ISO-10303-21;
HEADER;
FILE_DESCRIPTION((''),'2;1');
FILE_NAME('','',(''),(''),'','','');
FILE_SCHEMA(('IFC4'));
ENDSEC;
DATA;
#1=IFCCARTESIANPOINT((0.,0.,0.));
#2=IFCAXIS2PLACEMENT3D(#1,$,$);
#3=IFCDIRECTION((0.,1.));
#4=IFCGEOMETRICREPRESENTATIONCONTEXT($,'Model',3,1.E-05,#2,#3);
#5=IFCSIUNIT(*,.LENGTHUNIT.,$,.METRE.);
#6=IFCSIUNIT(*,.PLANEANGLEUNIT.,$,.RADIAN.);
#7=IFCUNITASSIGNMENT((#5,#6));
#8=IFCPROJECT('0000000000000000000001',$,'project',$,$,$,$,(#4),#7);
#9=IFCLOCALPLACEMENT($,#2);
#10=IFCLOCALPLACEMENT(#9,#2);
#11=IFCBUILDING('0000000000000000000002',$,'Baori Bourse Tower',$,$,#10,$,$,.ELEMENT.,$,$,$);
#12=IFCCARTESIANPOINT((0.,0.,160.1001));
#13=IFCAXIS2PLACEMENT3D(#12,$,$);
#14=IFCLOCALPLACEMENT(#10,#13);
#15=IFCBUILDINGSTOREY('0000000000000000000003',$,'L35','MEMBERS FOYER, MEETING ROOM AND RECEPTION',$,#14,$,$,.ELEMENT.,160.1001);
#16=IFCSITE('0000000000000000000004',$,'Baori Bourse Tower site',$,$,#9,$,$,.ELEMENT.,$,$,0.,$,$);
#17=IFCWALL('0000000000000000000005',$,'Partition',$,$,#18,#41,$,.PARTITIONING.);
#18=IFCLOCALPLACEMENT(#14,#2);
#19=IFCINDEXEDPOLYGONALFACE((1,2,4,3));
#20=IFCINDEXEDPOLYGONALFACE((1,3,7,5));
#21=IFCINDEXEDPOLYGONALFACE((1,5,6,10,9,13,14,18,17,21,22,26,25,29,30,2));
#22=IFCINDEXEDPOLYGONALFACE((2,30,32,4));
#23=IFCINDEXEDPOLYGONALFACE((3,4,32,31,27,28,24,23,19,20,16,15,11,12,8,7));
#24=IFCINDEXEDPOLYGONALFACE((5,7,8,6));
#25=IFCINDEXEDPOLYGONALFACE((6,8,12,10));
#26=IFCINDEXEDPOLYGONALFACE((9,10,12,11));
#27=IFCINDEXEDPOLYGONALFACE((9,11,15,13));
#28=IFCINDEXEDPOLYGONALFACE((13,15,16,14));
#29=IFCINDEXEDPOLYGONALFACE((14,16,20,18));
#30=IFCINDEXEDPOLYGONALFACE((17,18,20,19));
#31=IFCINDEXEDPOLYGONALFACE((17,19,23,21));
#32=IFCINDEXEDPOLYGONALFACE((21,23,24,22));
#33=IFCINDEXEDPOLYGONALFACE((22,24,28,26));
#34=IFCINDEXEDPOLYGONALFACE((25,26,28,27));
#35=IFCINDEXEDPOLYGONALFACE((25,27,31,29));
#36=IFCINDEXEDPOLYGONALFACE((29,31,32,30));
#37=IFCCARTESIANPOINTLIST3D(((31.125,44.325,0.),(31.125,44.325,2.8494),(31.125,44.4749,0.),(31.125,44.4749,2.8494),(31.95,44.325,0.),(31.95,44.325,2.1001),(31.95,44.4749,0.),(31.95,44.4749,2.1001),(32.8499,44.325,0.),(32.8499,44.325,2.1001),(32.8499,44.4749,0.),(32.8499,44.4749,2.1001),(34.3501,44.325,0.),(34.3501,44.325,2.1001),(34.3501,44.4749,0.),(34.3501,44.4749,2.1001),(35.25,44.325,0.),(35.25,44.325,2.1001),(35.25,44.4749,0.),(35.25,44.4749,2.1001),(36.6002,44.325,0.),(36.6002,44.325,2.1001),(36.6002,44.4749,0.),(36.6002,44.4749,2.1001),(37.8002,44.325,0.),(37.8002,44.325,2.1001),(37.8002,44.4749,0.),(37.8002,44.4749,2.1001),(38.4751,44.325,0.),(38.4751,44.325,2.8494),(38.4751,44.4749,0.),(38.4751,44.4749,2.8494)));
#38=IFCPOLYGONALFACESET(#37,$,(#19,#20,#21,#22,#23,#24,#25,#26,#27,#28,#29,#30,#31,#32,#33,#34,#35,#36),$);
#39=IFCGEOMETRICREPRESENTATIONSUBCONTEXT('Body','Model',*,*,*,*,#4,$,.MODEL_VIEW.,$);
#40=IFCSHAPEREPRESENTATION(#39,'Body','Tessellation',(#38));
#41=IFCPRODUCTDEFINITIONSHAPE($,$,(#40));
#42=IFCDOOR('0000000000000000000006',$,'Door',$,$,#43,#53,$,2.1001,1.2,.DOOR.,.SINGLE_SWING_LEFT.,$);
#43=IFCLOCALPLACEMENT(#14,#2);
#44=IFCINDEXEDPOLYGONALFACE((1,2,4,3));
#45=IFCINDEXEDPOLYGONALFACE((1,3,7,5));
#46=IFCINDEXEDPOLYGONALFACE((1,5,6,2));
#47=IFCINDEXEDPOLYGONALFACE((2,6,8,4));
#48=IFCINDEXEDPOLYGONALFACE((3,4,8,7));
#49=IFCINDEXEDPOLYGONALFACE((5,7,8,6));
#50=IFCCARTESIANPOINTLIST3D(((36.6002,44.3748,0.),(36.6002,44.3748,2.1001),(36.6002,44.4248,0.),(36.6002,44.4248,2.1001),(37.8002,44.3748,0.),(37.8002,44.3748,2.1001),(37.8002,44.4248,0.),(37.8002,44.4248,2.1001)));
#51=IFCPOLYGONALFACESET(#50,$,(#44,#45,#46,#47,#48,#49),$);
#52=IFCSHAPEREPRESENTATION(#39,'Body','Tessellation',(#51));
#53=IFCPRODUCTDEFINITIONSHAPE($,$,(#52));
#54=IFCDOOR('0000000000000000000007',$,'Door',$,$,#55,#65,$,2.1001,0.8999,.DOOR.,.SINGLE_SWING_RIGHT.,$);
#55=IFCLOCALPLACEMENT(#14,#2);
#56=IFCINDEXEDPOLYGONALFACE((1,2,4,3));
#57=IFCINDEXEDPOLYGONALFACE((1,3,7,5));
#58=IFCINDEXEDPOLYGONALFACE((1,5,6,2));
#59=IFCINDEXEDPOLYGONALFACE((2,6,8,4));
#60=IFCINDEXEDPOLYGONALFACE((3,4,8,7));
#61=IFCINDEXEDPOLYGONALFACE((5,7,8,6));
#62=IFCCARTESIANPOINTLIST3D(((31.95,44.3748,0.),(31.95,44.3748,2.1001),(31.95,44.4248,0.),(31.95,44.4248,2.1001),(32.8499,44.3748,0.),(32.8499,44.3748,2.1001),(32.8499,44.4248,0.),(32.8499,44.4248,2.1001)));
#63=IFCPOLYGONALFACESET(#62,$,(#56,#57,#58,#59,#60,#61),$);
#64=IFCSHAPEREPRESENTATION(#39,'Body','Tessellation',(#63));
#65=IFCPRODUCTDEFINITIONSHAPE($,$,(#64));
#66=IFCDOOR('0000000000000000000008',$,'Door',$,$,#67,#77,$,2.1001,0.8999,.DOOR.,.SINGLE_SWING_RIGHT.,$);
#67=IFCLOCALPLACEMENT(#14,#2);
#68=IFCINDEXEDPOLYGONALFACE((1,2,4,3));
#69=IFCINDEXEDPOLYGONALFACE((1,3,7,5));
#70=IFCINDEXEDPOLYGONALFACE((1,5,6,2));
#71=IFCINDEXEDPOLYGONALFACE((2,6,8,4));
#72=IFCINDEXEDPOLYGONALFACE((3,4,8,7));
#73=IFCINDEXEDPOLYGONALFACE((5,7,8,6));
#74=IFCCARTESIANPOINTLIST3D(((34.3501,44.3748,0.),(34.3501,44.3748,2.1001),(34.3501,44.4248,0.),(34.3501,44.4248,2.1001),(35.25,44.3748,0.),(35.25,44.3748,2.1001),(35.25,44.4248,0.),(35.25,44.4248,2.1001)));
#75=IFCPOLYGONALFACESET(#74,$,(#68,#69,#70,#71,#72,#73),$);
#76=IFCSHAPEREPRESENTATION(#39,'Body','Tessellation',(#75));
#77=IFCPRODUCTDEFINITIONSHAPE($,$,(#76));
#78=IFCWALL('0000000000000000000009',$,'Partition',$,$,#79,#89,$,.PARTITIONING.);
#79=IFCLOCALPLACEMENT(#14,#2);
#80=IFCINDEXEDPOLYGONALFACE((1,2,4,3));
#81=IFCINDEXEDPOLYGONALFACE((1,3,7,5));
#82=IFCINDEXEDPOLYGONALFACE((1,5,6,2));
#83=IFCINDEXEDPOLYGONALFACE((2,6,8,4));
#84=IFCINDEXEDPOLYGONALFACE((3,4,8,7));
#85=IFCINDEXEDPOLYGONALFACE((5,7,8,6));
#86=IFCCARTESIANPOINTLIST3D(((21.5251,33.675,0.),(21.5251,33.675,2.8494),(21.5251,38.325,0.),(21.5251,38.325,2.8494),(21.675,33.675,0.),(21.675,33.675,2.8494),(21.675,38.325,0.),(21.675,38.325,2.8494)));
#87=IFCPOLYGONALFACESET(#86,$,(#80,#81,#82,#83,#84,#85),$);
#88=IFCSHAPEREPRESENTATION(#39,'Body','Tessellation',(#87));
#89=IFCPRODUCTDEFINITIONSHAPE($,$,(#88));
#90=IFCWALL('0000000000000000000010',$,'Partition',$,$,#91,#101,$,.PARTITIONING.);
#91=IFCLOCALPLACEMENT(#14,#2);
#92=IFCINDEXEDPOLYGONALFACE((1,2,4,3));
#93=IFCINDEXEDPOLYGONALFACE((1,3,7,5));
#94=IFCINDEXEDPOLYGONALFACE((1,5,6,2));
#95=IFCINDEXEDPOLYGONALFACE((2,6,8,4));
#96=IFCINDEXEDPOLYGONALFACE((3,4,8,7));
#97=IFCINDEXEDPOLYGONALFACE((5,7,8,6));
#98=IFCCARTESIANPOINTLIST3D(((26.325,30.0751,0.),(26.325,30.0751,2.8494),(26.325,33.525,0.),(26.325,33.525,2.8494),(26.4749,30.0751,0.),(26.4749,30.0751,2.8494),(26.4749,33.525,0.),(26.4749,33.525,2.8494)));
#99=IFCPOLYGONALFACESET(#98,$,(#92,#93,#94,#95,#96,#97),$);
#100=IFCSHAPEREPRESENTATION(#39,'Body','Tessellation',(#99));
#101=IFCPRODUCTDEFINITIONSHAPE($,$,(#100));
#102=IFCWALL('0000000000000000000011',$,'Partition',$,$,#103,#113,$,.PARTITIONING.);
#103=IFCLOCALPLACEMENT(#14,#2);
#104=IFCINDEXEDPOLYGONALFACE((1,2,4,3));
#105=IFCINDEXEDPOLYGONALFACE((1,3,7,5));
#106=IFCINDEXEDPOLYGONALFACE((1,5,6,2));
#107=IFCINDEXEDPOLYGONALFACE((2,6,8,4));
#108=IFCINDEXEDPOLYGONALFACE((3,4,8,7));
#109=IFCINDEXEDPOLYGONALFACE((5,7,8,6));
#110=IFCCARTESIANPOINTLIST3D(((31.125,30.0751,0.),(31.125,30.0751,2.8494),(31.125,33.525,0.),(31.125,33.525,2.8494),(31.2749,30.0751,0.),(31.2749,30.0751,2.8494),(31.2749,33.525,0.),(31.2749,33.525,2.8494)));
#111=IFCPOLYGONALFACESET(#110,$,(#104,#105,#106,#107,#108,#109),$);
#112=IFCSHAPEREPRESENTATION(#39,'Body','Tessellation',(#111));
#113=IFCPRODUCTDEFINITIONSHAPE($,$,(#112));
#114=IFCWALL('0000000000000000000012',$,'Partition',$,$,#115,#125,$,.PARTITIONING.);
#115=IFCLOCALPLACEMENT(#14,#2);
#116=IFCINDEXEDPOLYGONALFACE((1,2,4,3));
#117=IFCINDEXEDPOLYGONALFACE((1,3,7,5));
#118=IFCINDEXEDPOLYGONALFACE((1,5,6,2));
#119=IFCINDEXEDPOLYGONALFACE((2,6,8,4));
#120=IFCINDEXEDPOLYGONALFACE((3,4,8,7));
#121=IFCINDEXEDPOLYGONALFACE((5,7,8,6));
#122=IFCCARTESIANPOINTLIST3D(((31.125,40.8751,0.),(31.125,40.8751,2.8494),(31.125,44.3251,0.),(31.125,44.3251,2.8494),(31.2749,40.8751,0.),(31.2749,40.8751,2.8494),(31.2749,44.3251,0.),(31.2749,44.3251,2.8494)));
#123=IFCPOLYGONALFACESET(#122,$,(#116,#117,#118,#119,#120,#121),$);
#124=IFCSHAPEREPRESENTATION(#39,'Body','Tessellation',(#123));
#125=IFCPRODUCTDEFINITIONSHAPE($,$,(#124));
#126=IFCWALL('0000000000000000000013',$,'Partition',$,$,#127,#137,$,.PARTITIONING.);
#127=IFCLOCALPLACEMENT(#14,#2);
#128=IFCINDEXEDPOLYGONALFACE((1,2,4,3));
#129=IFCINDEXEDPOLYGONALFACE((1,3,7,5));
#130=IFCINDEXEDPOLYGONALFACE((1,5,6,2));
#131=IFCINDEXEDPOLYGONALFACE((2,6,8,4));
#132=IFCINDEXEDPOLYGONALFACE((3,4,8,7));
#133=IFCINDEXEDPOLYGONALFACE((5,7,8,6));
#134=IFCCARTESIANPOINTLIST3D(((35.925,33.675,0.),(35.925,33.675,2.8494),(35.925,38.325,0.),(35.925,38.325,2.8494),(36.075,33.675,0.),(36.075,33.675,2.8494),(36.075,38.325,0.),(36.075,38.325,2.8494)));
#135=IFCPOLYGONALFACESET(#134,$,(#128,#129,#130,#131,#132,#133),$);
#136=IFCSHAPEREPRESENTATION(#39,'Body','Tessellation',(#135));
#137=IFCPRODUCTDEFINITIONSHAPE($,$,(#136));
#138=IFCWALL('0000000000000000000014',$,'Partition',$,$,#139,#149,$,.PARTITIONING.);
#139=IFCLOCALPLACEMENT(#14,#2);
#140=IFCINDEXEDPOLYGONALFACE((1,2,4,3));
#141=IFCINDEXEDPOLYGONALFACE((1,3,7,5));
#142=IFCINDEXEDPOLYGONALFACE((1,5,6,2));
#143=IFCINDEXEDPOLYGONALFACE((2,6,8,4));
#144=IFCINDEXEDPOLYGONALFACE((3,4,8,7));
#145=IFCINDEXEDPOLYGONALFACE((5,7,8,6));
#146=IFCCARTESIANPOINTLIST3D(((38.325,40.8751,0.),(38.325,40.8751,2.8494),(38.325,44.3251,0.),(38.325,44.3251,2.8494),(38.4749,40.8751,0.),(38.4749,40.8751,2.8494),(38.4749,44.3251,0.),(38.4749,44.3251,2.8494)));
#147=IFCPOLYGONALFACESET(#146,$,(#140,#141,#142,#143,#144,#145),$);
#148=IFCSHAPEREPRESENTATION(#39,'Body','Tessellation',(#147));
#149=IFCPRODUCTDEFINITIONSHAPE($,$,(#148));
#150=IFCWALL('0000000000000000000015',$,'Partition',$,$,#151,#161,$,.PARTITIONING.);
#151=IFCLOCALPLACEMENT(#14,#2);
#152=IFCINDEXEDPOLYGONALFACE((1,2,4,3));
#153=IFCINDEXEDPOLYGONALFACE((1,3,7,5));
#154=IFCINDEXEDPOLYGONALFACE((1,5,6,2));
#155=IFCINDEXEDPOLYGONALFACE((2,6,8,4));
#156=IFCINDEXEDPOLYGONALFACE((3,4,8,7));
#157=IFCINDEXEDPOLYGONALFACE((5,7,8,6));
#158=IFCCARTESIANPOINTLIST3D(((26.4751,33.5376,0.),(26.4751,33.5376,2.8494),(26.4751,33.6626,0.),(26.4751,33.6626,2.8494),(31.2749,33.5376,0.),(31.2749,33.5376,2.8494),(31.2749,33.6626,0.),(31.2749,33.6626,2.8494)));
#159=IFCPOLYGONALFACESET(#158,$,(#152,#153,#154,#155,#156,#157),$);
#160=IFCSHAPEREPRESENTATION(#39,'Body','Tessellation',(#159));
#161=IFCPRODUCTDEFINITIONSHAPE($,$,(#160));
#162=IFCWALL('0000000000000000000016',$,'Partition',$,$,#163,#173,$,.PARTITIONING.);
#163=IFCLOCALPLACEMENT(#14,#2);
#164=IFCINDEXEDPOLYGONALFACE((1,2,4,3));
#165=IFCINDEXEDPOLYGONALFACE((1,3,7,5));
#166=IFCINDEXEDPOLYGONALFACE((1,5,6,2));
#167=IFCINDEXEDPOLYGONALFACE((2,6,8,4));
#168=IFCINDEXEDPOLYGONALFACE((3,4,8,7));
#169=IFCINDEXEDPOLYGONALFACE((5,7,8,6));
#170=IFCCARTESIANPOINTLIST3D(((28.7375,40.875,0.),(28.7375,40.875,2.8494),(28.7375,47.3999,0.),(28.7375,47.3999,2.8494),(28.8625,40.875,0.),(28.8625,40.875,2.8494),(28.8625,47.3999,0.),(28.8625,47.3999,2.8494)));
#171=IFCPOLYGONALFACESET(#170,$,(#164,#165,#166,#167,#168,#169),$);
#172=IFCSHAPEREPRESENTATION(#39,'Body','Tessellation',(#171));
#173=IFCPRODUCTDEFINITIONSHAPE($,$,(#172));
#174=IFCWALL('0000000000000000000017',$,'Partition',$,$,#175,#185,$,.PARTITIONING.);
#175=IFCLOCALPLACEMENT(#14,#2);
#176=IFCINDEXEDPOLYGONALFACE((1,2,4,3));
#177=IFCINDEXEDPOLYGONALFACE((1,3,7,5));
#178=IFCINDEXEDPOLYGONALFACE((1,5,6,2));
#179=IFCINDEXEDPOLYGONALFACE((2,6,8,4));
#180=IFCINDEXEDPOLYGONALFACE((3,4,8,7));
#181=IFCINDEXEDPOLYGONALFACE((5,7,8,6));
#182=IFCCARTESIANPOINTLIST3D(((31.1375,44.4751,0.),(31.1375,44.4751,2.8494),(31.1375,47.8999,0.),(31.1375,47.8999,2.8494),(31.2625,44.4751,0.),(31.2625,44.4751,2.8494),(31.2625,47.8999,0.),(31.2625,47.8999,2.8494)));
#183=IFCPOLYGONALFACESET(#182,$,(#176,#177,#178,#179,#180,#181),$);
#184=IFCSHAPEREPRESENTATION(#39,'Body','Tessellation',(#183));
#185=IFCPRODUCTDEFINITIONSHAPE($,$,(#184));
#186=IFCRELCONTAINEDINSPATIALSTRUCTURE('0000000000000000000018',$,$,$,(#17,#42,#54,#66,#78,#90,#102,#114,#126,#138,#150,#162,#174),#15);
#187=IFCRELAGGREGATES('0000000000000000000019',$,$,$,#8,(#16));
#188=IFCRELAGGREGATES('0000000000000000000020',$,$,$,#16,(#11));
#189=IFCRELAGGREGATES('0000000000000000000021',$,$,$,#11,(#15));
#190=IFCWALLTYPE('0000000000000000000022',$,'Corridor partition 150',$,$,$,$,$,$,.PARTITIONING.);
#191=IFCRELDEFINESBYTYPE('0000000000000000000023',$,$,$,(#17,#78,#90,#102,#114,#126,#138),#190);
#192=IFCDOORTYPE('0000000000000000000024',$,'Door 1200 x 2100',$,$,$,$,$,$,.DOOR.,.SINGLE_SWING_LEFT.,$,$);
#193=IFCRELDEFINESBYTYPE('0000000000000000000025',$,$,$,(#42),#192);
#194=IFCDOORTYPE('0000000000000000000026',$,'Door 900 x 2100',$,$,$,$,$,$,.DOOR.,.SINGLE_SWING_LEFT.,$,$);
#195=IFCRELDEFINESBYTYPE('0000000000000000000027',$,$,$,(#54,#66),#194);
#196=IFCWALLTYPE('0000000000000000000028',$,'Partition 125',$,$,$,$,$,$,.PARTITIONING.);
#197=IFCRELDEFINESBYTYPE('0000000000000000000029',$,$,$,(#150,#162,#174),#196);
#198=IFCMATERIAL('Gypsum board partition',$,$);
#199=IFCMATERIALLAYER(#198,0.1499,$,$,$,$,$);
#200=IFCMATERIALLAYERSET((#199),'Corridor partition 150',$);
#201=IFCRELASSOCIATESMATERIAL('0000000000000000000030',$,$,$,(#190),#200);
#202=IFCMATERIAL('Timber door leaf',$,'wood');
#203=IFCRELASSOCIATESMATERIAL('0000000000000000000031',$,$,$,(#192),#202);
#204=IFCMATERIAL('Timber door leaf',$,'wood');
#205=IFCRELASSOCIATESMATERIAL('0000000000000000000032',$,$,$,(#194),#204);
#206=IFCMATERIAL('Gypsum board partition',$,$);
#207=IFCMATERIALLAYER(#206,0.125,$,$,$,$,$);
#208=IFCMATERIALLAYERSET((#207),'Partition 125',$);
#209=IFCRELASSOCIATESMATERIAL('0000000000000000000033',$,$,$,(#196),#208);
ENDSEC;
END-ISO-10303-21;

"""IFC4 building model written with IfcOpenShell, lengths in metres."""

from ifc_helpers import new_model, si_unit, direction, frame, frame_2d, origin, place, context, subcontext, project, spatial, rectangle, extrude, material, layer, layer_set, type_object, element, fill, save


model = new_model("IFC4")

# Units and contexts
model_context = context("Model", 3, precision=1e-05, world=origin(), true_north=direction((0.0, 1.0)))
body_context = subcontext(model_context, "Body", "Model", "MODEL_VIEW")
ifc_project = project(units=[si_unit("LENGTHUNIT", "METRE"), si_unit("PLANEANGLEUNIT", "RADIAN")], contexts=[model_context])

# Site, building, storey
site_placement = place(None, origin())
site = spatial("IfcSite", under=ifc_project, at=site_placement, Name="Baori Bourse Tower site", CompositionType="ELEMENT", RefElevation=0.0)
building_placement = place(site_placement, origin())
building = spatial("IfcBuilding", under=site, at=building_placement, Name="Baori Bourse Tower", CompositionType="ELEMENT")
storey_placement = place(building_placement, frame((0.0, 0.0, 160.1001)))
storey = spatial("IfcBuildingStorey", under=building, at=storey_placement, Name="L35", Description="MEMBERS FOYER, MEETING ROOM AND RECEPTION", CompositionType="ELEMENT", Elevation=160.1001)

# Shared definitions
ifc_material_1 = material(Name="Gypsum board partition")
ifc_layer_1 = layer(ifc_material_1, 0.1499)
ifc_layer_set_1 = layer_set([ifc_layer_1], Name="Corridor partition 150")
wall_type_1 = type_object("IfcWallType", Name="Corridor partition 150", PredefinedType="PARTITIONING", material=ifc_layer_set_1)

# Wall, openings, doors
wall_1_placement = place(storey_placement, frame((31.125, 44.3999, 0.0), z_axis=(0.0, 0.0, 1.0), x_axis=(1.0, 0.0, 0.0)))
wall_1 = element("IfcWall", 1, at=wall_1_placement, inside=storey, type_object=wall_type_1, Name="Partition", PredefinedType="PARTITIONING", context=body_context, shape_type="SweptSolid", body=[
    extrude(rectangle(XDim=7.3501, YDim=0.1499, at=frame_2d((3.675, 0.0))), origin(), (0.0, 0.0, 1.0), 2.8494),
])
opening_1_placement = place(wall_1_placement, frame((0.825, 0.0, 0.0)))
opening_1 = element("IfcOpeningElement", 2, at=opening_1_placement, cuts=wall_1, PredefinedType="OPENING", context=body_context, shape_type="SweptSolid", body=[
    extrude(rectangle(XDim=0.8999, YDim=2.1001, at=frame_2d((0.45, 1.05))), frame((0.0, 0.085, 0.0), z_axis=(0.0, -1.0, 0.0), x_axis=(1.0, 0.0, 0.0)), (0.0, 0.0, 1.0), 0.1699),
])
opening_2_placement = place(wall_1_placement, frame((3.2251, 0.0, 0.0)))
opening_2 = element("IfcOpeningElement", 3, at=opening_2_placement, cuts=wall_1, PredefinedType="OPENING", context=body_context, shape_type="SweptSolid", body=[
    extrude(rectangle(XDim=0.8999, YDim=2.1001, at=frame_2d((0.45, 1.05))), frame((0.0, 0.085, 0.0), z_axis=(0.0, -1.0, 0.0), x_axis=(1.0, 0.0, 0.0)), (0.0, 0.0, 1.0), 0.1699),
])
opening_3_placement = place(wall_1_placement, frame((5.4751, 0.0, 0.0)))
opening_3 = element("IfcOpeningElement", 4, at=opening_3_placement, cuts=wall_1, PredefinedType="OPENING", context=body_context, shape_type="SweptSolid", body=[
    extrude(rectangle(XDim=1.2, YDim=2.1001, at=frame_2d((0.6001, 1.05))), frame((0.0, 0.085, 0.0), z_axis=(0.0, -1.0, 0.0), x_axis=(1.0, 0.0, 0.0)), (0.0, 0.0, 1.0), 0.1699),
])
ifc_material_2 = material(Name="Timber door leaf", Category="wood")
door_type_1 = type_object("IfcDoorType", Name="Door 1200 x 2100", OperationType="SINGLE_SWING_LEFT", PredefinedType="DOOR", material=ifc_material_2)
door_1_placement = place(opening_3_placement, origin())
door_1 = element("IfcDoor", 5, at=door_1_placement, inside=storey, type_object=door_type_1, Name="Door", OperationType="SINGLE_SWING_LEFT", OverallHeight=2.1001, OverallWidth=1.2, PredefinedType="DOOR", context=body_context, shape_type="SweptSolid", body=[
    extrude(rectangle(XDim=1.2, YDim=2.1001, at=frame_2d((0.6001, 1.05))), frame((0.0, 0.0249, 0.0), z_axis=(0.0, -1.0, 0.0), x_axis=(1.0, 0.0, 0.0)), (0.0, 0.0, 1.0), 0.05),
])
fill(opening_3, door_1)
ifc_material_3 = material(Name="Timber door leaf", Category="wood")
door_type_2 = type_object("IfcDoorType", Name="Door 900 x 2100", OperationType="SINGLE_SWING_LEFT", PredefinedType="DOOR", material=ifc_material_3)
door_2_placement = place(opening_1_placement, origin())
door_2 = element("IfcDoor", 6, at=door_2_placement, inside=storey, type_object=door_type_2, Name="Door", OperationType="SINGLE_SWING_RIGHT", OverallHeight=2.1001, OverallWidth=0.8999, PredefinedType="DOOR", context=body_context, shape_type="SweptSolid", body=[
    extrude(rectangle(XDim=0.8999, YDim=2.1001, at=frame_2d((0.45, 1.05))), frame((0.0, 0.0249, 0.0), z_axis=(0.0, -1.0, 0.0), x_axis=(1.0, 0.0, 0.0)), (0.0, 0.0, 1.0), 0.05),
])
fill(opening_1, door_2)
door_3_placement = place(opening_2_placement, origin())
door_3 = element("IfcDoor", 7, at=door_3_placement, inside=storey, type_object=door_type_2, Name="Door", OperationType="SINGLE_SWING_RIGHT", OverallHeight=2.1001, OverallWidth=0.8999, PredefinedType="DOOR", context=body_context, shape_type="SweptSolid", body=[
    extrude(rectangle(XDim=0.8999, YDim=2.1001, at=frame_2d((0.45, 1.05))), frame((0.0, 0.0249, 0.0), z_axis=(0.0, -1.0, 0.0), x_axis=(1.0, 0.0, 0.0)), (0.0, 0.0, 1.0), 0.05),
])
fill(opening_2, door_3)

# Walls
wall_2_placement = place(storey_placement, frame((21.6001, 33.675, 0.0), z_axis=(0.0, 0.0, 1.0), x_axis=(0.0, 1.0, 0.0)))
element("IfcWall", 8, at=wall_2_placement, inside=storey, type_object=wall_type_1, Name="Partition", PredefinedType="PARTITIONING", context=body_context, shape_type="SweptSolid", body=[
    extrude(rectangle(XDim=4.6499, YDim=0.1499, at=frame_2d((2.325, 0.0))), origin(), (0.0, 0.0, 1.0), 2.8494),
])
for number, where, z_axis, x_axis, name in (
    (9, (26.3999, 30.075, 0.0), (0.0, 0.0, 1.0), (0.0, 1.0, 0.0), "Partition"),
    (10, (31.2, 30.075, 0.0), (0.0, 0.0, 1.0), (0.0, 1.0, 0.0), "Partition"),
    (11, (31.2, 40.875, 0.0), (0.0, 0.0, 1.0), (0.0, 1.0, 0.0), "Partition"),
):
    element("IfcWall", number, at=place(storey_placement, frame(where, z_axis=z_axis, x_axis=x_axis)), inside=storey, type_object=wall_type_1, Name=name, PredefinedType="PARTITIONING", context=body_context, shape_type="SweptSolid", body=[
        extrude(rectangle(XDim=3.45, YDim=0.1499, at=frame_2d((1.7251, 0.0))), origin(), (0.0, 0.0, 1.0), 2.8494),
    ])
wall_3_placement = place(storey_placement, frame((36.0, 33.675, 0.0), z_axis=(0.0, 0.0, 1.0), x_axis=(0.0, 1.0, 0.0)))
element("IfcWall", 12, at=wall_3_placement, inside=storey, type_object=wall_type_1, Name="Partition", PredefinedType="PARTITIONING", context=body_context, shape_type="SweptSolid", body=[
    extrude(rectangle(XDim=4.6499, YDim=0.1499, at=frame_2d((2.325, 0.0))), origin(), (0.0, 0.0, 1.0), 2.8494),
])
wall_4_placement = place(storey_placement, frame((38.3999, 40.875, 0.0), z_axis=(0.0, 0.0, 1.0), x_axis=(0.0, 1.0, 0.0)))
element("IfcWall", 13, at=wall_4_placement, inside=storey, type_object=wall_type_1, Name="Partition", PredefinedType="PARTITIONING", context=body_context, shape_type="SweptSolid", body=[
    extrude(rectangle(XDim=3.45, YDim=0.1499, at=frame_2d((1.7251, 0.0))), origin(), (0.0, 0.0, 1.0), 2.8494),
])
ifc_material_4 = material(Name="Gypsum board partition")
ifc_layer_2 = layer(ifc_material_4, 0.125)
ifc_layer_set_2 = layer_set([ifc_layer_2], Name="Partition 125")
wall_type_2 = type_object("IfcWallType", Name="Partition 125", PredefinedType="PARTITIONING", material=ifc_layer_set_2)
wall_5_placement = place(storey_placement, frame((26.4751, 33.6001, 0.0), z_axis=(0.0, 0.0, 1.0), x_axis=(1.0, 0.0, 0.0)))
element("IfcWall", 14, at=wall_5_placement, inside=storey, type_object=wall_type_2, Name="Partition", PredefinedType="PARTITIONING", context=body_context, shape_type="SweptSolid", body=[
    extrude(rectangle(XDim=4.7998, YDim=0.125, at=frame_2d((2.3999, 0.0))), origin(), (0.0, 0.0, 1.0), 2.8494),
])
wall_6_placement = place(storey_placement, frame((28.8, 40.875, 0.0), z_axis=(0.0, 0.0, 1.0), x_axis=(0.0, 1.0, 0.0)))
element("IfcWall", 15, at=wall_6_placement, inside=storey, type_object=wall_type_2, Name="Partition", PredefinedType="PARTITIONING", context=body_context, shape_type="SweptSolid", body=[
    extrude(rectangle(XDim=6.5249, YDim=0.125, at=frame_2d((3.2625, 0.0))), origin(), (0.0, 0.0, 1.0), 2.8494),
])
for number, where, z_axis, x_axis, name in (
    (16, (31.2, 44.4751, 0.0), (0.0, 0.0, 1.0), (0.0, 1.0, 0.0), "Partition"),
):
    element("IfcWall", number, at=place(storey_placement, frame(where, z_axis=z_axis, x_axis=x_axis)), inside=storey, type_object=wall_type_2, Name=name, PredefinedType="PARTITIONING", context=body_context, shape_type="SweptSolid", body=[
        extrude(rectangle(XDim=3.4248, YDim=0.125, at=frame_2d((1.7124, 0.0))), origin(), (0.0, 0.0, 1.0), 2.8494),
    ])

save(model, "model.ifc")
